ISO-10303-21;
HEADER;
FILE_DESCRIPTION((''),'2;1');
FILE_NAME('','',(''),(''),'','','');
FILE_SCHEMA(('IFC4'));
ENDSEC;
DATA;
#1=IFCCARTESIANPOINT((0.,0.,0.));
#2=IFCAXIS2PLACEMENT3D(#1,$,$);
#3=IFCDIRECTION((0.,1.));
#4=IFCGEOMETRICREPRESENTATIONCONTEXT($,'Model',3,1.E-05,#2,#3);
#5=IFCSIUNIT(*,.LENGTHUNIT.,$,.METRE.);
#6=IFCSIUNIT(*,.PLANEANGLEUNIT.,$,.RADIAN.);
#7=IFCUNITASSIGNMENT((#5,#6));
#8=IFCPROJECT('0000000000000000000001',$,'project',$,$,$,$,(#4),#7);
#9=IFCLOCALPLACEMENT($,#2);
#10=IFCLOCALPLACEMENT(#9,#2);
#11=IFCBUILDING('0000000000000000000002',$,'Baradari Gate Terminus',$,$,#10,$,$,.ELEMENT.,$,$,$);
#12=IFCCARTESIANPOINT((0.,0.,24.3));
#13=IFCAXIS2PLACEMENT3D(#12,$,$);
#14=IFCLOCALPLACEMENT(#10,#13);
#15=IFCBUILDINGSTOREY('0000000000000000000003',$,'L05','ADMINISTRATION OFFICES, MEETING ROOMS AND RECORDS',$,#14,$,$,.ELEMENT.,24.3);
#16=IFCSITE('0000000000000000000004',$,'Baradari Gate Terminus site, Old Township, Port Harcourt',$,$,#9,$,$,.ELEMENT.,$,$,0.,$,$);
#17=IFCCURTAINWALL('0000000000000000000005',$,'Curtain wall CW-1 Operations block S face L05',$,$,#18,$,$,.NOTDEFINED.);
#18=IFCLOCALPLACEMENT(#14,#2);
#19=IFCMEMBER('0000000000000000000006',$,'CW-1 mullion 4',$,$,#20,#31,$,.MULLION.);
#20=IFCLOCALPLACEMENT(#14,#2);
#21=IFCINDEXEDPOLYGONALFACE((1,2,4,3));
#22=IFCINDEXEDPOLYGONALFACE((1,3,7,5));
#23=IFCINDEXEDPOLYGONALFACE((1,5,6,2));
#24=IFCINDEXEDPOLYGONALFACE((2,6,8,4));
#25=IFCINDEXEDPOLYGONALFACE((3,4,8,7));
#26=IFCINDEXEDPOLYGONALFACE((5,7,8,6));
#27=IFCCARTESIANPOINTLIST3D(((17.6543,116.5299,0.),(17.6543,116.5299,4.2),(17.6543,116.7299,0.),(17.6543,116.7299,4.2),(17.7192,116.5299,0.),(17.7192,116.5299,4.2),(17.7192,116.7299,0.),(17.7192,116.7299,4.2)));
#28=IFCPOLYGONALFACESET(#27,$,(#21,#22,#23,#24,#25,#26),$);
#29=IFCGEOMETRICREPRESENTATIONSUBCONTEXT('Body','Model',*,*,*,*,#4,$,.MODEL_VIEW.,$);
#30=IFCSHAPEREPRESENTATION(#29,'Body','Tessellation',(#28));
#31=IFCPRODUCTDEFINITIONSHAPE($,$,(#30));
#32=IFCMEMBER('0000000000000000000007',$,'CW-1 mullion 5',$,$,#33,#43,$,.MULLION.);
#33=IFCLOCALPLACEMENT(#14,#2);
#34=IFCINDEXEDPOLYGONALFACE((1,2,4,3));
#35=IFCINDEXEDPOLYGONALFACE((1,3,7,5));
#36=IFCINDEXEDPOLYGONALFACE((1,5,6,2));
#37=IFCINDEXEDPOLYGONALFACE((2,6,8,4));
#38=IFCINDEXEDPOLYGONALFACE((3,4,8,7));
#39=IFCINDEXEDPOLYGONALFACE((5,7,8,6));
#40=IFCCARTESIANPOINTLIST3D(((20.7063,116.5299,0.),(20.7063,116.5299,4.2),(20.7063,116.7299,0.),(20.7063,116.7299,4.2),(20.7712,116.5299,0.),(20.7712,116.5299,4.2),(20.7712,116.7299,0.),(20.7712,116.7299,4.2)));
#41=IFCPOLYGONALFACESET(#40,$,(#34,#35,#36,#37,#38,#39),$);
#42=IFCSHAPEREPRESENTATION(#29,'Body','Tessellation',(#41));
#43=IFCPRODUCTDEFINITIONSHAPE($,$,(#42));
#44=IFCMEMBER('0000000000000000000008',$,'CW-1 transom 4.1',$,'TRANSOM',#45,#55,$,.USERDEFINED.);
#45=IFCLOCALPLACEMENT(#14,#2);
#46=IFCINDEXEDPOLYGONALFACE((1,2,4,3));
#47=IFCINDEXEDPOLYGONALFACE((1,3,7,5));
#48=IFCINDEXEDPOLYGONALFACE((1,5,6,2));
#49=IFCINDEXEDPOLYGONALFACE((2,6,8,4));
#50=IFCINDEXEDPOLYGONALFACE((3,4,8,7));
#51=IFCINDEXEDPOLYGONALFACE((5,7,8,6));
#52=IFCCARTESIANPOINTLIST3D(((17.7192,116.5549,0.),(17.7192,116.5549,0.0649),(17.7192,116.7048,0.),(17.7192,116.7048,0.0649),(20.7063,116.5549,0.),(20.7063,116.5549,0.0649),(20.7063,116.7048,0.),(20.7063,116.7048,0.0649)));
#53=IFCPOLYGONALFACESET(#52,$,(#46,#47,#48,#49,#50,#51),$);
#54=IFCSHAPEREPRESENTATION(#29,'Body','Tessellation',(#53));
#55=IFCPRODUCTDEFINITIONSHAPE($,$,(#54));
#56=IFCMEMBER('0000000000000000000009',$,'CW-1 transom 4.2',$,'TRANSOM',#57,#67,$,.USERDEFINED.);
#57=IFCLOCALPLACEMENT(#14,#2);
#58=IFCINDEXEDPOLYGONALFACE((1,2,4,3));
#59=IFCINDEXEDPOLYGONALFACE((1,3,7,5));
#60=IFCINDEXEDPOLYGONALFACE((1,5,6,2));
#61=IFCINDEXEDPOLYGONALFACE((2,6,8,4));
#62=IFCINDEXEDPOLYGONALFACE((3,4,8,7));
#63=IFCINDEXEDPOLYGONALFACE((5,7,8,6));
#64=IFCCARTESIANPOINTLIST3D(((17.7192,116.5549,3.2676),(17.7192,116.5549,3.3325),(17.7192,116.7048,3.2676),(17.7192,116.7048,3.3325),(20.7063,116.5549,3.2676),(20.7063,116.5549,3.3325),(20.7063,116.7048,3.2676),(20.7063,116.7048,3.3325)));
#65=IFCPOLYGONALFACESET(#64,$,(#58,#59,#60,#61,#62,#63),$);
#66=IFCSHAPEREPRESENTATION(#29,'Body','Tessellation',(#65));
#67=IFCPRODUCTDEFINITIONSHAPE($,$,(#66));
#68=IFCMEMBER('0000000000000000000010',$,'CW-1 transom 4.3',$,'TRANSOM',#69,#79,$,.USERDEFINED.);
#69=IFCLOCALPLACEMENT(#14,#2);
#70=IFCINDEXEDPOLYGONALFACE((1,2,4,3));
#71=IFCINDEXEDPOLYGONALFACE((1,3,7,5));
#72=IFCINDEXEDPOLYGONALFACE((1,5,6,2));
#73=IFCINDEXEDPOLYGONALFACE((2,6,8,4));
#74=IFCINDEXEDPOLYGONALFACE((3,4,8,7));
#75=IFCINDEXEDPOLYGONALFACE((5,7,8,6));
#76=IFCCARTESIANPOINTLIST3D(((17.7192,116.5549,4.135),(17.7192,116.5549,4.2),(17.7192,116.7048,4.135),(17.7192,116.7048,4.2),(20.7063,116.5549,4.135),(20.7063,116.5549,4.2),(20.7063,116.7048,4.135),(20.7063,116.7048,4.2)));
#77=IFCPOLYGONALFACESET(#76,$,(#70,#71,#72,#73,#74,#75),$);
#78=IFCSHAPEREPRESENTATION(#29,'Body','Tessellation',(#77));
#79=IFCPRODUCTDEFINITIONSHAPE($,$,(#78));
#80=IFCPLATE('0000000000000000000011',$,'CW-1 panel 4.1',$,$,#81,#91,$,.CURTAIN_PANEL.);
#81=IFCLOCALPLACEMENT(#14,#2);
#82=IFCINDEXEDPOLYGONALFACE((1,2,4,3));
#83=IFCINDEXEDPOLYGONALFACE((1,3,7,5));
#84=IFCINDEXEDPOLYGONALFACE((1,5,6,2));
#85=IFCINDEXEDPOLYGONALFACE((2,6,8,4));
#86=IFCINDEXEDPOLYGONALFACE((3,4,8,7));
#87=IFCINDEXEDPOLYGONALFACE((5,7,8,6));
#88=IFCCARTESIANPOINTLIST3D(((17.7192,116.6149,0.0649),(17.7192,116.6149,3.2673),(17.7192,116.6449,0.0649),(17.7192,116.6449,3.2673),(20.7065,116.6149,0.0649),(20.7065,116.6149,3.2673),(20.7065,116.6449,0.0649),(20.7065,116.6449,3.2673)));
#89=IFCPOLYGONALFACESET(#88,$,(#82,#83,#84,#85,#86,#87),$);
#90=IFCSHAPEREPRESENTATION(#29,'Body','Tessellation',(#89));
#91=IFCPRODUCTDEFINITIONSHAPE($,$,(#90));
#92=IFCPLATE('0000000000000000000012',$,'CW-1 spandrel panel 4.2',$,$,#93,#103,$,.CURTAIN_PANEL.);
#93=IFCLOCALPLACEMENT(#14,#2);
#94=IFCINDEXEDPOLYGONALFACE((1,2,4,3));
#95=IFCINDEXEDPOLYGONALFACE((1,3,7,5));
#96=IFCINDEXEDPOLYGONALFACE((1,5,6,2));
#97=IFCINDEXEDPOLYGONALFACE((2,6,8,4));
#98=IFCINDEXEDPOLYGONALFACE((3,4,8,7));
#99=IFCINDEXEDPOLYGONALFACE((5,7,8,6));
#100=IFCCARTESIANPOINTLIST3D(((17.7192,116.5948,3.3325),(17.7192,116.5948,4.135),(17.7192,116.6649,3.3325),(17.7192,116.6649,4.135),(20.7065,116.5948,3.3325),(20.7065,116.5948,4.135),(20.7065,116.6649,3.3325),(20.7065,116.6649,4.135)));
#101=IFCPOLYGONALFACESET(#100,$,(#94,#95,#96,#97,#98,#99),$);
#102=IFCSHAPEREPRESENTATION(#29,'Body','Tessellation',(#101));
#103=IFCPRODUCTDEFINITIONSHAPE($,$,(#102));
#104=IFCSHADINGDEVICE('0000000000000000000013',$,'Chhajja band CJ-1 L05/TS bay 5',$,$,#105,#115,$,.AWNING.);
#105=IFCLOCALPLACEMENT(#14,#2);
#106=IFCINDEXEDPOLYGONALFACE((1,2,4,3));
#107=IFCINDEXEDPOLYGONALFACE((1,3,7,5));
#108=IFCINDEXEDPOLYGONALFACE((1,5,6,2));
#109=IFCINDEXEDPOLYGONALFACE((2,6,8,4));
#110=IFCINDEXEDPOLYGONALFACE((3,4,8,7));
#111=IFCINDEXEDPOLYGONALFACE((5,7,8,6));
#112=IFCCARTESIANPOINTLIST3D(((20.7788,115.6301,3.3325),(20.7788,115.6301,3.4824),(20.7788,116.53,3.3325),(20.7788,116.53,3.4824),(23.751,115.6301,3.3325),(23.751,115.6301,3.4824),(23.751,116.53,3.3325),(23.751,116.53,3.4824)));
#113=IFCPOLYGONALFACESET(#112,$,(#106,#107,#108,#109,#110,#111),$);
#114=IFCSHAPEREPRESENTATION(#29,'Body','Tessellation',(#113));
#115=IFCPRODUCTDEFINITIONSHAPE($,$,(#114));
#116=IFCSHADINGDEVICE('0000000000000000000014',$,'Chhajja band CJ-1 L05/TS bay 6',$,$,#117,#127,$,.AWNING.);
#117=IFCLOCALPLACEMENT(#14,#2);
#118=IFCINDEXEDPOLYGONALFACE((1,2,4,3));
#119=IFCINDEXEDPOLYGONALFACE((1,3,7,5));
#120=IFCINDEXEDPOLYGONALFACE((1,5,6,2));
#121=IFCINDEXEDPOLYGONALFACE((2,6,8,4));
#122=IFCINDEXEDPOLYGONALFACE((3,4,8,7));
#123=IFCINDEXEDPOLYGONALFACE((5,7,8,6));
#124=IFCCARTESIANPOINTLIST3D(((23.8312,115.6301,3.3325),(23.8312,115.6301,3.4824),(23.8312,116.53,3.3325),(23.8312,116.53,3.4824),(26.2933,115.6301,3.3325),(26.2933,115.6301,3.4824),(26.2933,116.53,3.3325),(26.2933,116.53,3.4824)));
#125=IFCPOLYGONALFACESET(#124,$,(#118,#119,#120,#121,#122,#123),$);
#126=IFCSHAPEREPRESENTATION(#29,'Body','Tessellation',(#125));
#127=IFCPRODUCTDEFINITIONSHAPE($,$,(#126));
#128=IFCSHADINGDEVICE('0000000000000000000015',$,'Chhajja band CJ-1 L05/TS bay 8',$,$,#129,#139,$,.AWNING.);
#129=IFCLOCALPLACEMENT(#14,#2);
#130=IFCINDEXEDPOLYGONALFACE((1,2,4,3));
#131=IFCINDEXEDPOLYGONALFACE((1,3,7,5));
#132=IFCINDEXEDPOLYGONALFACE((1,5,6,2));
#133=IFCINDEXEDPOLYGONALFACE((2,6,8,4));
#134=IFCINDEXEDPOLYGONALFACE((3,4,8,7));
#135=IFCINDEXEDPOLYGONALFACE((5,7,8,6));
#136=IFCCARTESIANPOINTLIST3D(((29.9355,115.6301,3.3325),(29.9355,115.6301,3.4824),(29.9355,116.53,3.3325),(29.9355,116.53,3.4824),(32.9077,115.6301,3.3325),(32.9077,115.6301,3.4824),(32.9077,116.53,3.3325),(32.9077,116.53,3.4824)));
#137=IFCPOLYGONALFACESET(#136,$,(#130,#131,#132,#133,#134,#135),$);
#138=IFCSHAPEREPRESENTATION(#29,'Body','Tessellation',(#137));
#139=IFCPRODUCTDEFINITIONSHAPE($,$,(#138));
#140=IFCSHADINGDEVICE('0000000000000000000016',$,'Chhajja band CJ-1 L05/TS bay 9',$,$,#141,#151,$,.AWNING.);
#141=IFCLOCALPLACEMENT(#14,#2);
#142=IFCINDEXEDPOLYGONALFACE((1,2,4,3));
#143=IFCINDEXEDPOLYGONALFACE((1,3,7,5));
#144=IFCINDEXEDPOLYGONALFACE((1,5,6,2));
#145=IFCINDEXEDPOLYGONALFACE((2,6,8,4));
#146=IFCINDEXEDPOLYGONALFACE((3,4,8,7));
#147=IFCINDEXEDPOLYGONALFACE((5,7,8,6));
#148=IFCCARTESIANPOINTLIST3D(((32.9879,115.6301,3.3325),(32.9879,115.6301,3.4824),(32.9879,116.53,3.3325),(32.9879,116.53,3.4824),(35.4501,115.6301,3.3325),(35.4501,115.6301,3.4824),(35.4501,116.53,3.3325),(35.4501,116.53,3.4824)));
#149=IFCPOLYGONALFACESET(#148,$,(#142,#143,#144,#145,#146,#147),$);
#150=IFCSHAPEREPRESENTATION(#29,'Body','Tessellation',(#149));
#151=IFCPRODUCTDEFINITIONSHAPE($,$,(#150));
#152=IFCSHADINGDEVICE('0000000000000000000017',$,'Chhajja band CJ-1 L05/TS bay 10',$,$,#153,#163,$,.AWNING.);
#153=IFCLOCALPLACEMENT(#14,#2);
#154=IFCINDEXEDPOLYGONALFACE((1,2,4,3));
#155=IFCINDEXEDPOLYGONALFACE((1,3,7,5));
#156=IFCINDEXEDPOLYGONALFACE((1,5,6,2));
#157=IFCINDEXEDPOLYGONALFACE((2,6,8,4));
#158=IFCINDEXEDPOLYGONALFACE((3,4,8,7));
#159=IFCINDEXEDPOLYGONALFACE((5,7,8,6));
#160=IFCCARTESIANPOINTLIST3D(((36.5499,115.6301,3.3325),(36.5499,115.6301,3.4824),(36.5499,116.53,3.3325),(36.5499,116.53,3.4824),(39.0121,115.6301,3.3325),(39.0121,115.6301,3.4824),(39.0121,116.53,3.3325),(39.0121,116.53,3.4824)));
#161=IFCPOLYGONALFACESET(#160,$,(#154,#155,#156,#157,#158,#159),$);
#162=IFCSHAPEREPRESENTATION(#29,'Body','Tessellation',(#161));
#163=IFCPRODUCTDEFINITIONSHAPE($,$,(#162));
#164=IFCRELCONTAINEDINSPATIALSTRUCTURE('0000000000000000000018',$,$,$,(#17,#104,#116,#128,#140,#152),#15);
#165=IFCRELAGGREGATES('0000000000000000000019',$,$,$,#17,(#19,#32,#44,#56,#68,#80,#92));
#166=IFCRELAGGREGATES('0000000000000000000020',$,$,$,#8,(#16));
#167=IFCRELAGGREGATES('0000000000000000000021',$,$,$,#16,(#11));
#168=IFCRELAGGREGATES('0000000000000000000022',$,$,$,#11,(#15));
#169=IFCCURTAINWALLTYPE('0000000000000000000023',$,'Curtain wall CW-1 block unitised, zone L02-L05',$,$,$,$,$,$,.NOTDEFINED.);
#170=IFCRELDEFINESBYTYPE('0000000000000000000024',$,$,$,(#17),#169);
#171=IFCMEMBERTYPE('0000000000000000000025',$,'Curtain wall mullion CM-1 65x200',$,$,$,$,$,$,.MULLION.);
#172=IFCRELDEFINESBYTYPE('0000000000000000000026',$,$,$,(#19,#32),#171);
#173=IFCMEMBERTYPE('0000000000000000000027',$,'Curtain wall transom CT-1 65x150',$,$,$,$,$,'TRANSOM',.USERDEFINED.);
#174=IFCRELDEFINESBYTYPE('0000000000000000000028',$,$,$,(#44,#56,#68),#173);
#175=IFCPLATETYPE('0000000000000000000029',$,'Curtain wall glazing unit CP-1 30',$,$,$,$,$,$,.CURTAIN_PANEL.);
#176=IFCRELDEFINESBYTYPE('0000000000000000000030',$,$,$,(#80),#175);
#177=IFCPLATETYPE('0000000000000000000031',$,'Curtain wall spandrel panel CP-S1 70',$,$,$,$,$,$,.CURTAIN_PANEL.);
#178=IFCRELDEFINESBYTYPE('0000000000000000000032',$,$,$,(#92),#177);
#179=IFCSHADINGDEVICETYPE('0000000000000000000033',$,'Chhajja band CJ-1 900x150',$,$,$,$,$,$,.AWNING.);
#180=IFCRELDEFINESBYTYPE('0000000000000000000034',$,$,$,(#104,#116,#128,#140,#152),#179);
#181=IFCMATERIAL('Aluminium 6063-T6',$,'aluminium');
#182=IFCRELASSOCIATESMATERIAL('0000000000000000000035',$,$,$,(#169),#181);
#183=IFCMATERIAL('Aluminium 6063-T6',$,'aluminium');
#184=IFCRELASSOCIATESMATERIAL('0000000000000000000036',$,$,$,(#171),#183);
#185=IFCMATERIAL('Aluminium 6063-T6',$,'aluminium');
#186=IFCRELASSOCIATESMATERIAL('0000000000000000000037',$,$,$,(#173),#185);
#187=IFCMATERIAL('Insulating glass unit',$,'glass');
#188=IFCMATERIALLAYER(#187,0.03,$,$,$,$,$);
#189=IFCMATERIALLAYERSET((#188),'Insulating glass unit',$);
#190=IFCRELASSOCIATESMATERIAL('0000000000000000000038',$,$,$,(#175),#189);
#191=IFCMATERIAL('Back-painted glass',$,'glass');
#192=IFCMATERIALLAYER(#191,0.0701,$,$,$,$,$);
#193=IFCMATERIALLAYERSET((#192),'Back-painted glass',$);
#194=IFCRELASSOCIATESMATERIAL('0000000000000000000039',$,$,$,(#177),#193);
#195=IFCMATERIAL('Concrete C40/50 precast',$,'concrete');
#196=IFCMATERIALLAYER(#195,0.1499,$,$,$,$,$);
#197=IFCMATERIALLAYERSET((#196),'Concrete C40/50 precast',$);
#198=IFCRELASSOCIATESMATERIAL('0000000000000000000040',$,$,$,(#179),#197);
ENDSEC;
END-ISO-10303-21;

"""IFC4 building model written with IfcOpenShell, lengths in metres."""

from ifc_helpers import new_model, si_unit, direction, frame, origin, origin_2d, place, context, subcontext, project, spatial, rectangle, extrude, material, layer, layer_set, material_profile, profile_set, type_object, element, aggregate, save


model = new_model("IFC4")

# Units and contexts
model_context = context("Model", 3, precision=1e-05, world=origin(), true_north=direction((0.0, 1.0)))
body_context = subcontext(model_context, "Body", "Model", "MODEL_VIEW")
ifc_project = project(units=[si_unit("LENGTHUNIT", "METRE"), si_unit("PLANEANGLEUNIT", "RADIAN")], contexts=[model_context])

# Site, building, storey
site_placement = place(None, origin())
site = spatial("IfcSite", under=ifc_project, at=site_placement, Name="Baradari Gate Terminus site, Old Township, Port Harcourt", CompositionType="ELEMENT", RefElevation=0.0)
building_placement = place(site_placement, origin())
building = spatial("IfcBuilding", under=site, at=building_placement, Name="Baradari Gate Terminus", CompositionType="ELEMENT")
storey_placement = place(building_placement, frame((0.0, 0.0, 24.3)))
storey = spatial("IfcBuildingStorey", under=building, at=storey_placement, Name="L05", Description="ADMINISTRATION OFFICES, MEETING ROOMS AND RECORDS", CompositionType="ELEMENT", Elevation=24.3)

# Curtain wall, members, plates
ifc_material_1 = material(Name="Aluminium 6063-T6", Category="aluminium")
curtain_wall_type = type_object("IfcCurtainWallType", Name="Curtain wall CW-1 block unitised, zone L02-L05", PredefinedType="NOTDEFINED", material=ifc_material_1)
curtain_wall_placement = place(storey_placement, origin())
curtain_wall = element("IfcCurtainWall", 1, at=curtain_wall_placement, inside=storey, type_object=curtain_wall_type, Name="Curtain wall CW-1 Operations block S face L05", PredefinedType="NOTDEFINED")
ifc_material_2 = material(Name="Aluminium 6063-T6", Category="aluminium")
ifc_material_profile_1 = material_profile(ifc_material_2, rectangle(XDim=0.2, YDim=0.0649, at=origin_2d()), Name="CM-1 65X200")
ifc_profile_set_1 = profile_set([ifc_material_profile_1], Name="Aluminium 6063-T6")
member_type_1 = type_object("IfcMemberType", Name="Curtain wall mullion CM-1 65x200", PredefinedType="MULLION", material=ifc_profile_set_1)
member_1_placement = place(storey_placement, frame((17.6868, 116.6299, 0.0), z_axis=(0.0, 0.0, 1.0), x_axis=(0.0, 1.0, 0.0)))
member_1 = element("IfcMember", 2, at=member_1_placement, type_object=member_type_1, Name="CW-1 mullion 4", PredefinedType="MULLION", context=body_context, shape_type="SweptSolid", body=[
    extrude(rectangle(XDim=0.2, YDim=0.0649, at=origin_2d()), origin(), (0.0, 0.0, 1.0), 4.2),
])
member_2_placement = place(storey_placement, frame((20.7388, 116.6299, 0.0), z_axis=(0.0, 0.0, 1.0), x_axis=(0.0, 1.0, 0.0)))
member_2 = element("IfcMember", 3, at=member_2_placement, type_object=member_type_1, Name="CW-1 mullion 5", PredefinedType="MULLION", context=body_context, shape_type="SweptSolid", body=[
    extrude(rectangle(XDim=0.2, YDim=0.0649, at=origin_2d()), origin(), (0.0, 0.0, 1.0), 4.2),
])
ifc_material_3 = material(Name="Aluminium 6063-T6", Category="aluminium")
ifc_material_profile_2 = material_profile(ifc_material_3, rectangle(XDim=0.1499, YDim=0.0649, at=origin_2d()), Name="CT-1 65X150")
ifc_profile_set_2 = profile_set([ifc_material_profile_2], Name="Aluminium 6063-T6")
member_type_2 = type_object("IfcMemberType", Name="Curtain wall transom CT-1 65x150", ElementType="TRANSOM", PredefinedType="USERDEFINED", material=ifc_profile_set_2)
member_3_placement = place(storey_placement, frame((17.7192, 116.6299, 0.0325), z_axis=(1.0, 0.0, 0.0), x_axis=(0.0, 1.0, 0.0)))
member_3 = element("IfcMember", 4, at=member_3_placement, type_object=member_type_2, Name="CW-1 transom 4.1", ObjectType="TRANSOM", PredefinedType="USERDEFINED", context=body_context, shape_type="SweptSolid", body=[
    extrude(rectangle(XDim=0.1499, YDim=0.0649, at=origin_2d()), origin(), (0.0, 0.0, 1.0), 2.9871),
])
member_4_placement = place(storey_placement, frame((17.7192, 116.6299, 3.3), z_axis=(1.0, 0.0, 0.0), x_axis=(0.0, 1.0, 0.0)))
member_4 = element("IfcMember", 5, at=member_4_placement, type_object=member_type_2, Name="CW-1 transom 4.2", ObjectType="TRANSOM", PredefinedType="USERDEFINED", context=body_context, shape_type="SweptSolid", body=[
    extrude(rectangle(XDim=0.1499, YDim=0.0649, at=origin_2d()), origin(), (0.0, 0.0, 1.0), 2.9871),
])
member_5_placement = place(storey_placement, frame((17.7192, 116.6299, 4.1675), z_axis=(1.0, 0.0, 0.0), x_axis=(0.0, 1.0, 0.0)))
member_5 = element("IfcMember", 6, at=member_5_placement, type_object=member_type_2, Name="CW-1 transom 4.3", ObjectType="TRANSOM", PredefinedType="USERDEFINED", context=body_context, shape_type="SweptSolid", body=[
    extrude(rectangle(XDim=0.1499, YDim=0.0649, at=origin_2d()), origin(), (0.0, 0.0, 1.0), 2.9871),
])
ifc_material_4 = material(Name="Insulating glass unit", Category="glass")
ifc_layer_1 = layer(ifc_material_4, 0.03)
ifc_layer_set_1 = layer_set([ifc_layer_1], Name="Insulating glass unit")
plate_type_1 = type_object("IfcPlateType", Name="Curtain wall glazing unit CP-1 30", PredefinedType="CURTAIN_PANEL", material=ifc_layer_set_1)
plate_1_placement = place(storey_placement, frame((19.2129, 116.6299, 0.0649), z_axis=(0.0, 0.0, 1.0), x_axis=(1.0, 0.0, 0.0)))
plate_1 = element("IfcPlate", 7, at=plate_1_placement, type_object=plate_type_1, Name="CW-1 panel 4.1", PredefinedType="CURTAIN_PANEL", context=body_context, shape_type="SweptSolid", body=[
    extrude(rectangle(XDim=2.9873, YDim=0.03, at=origin_2d()), origin(), (0.0, 0.0, 1.0), 3.2024),
])
ifc_material_5 = material(Name="Back-painted glass", Category="glass")
ifc_layer_2 = layer(ifc_material_5, 0.0701)
ifc_layer_set_2 = layer_set([ifc_layer_2], Name="Back-painted glass")
plate_type_2 = type_object("IfcPlateType", Name="Curtain wall spandrel panel CP-S1 70", PredefinedType="CURTAIN_PANEL", material=ifc_layer_set_2)
plate_2_placement = place(storey_placement, frame((19.2129, 116.6299, 3.3325), z_axis=(0.0, 0.0, 1.0), x_axis=(1.0, 0.0, 0.0)))
plate_2 = element("IfcPlate", 8, at=plate_2_placement, type_object=plate_type_2, Name="CW-1 spandrel panel 4.2", PredefinedType="CURTAIN_PANEL", context=body_context, shape_type="SweptSolid", body=[
    extrude(rectangle(XDim=2.9873, YDim=0.0701, at=origin_2d()), origin(), (0.0, 0.0, 1.0), 0.8025),
])
aggregate(curtain_wall, [member_1, member_2, member_3, member_4, member_5, plate_1, plate_2])

# Shading devices
ifc_material_6 = material(Name="Concrete C40/50 precast", Category="concrete")
ifc_layer_3 = layer(ifc_material_6, 0.1499)
ifc_layer_set_3 = layer_set([ifc_layer_3], Name="Concrete C40/50 precast")
shading_device_type_1 = type_object("IfcShadingDeviceType", Name="Chhajja band CJ-1 900x150", PredefinedType="AWNING", material=ifc_layer_set_3)
shading_device_1_placement = place(storey_placement, frame((22.2649, 116.0801, 3.3325), z_axis=(0.0, 0.0, 1.0), x_axis=(1.0, 0.0, 0.0)))
element("IfcShadingDevice", 9, at=shading_device_1_placement, inside=storey, type_object=shading_device_type_1, Name="Chhajja band CJ-1 L05/TS bay 5", PredefinedType="AWNING", context=body_context, shape_type="SweptSolid", body=[
    extrude(rectangle(XDim=2.9722, YDim=0.8999, at=origin_2d()), origin(), (0.0, 0.0, 1.0), 0.1499),
])
shading_device_2_placement = place(storey_placement, frame((25.0623, 116.0801, 3.3325), z_axis=(0.0, 0.0, 1.0), x_axis=(1.0, 0.0, 0.0)))
element("IfcShadingDevice", 10, at=shading_device_2_placement, inside=storey, type_object=shading_device_type_1, Name="Chhajja band CJ-1 L05/TS bay 6", PredefinedType="AWNING", context=body_context, shape_type="SweptSolid", body=[
    extrude(rectangle(XDim=2.4622, YDim=0.8999, at=origin_2d()), origin(), (0.0, 0.0, 1.0), 0.1499),
])
shading_device_3_placement = place(storey_placement, frame((31.4216, 116.0801, 3.3325), z_axis=(0.0, 0.0, 1.0), x_axis=(1.0, 0.0, 0.0)))
element("IfcShadingDevice", 11, at=shading_device_3_placement, inside=storey, type_object=shading_device_type_1, Name="Chhajja band CJ-1 L05/TS bay 8", PredefinedType="AWNING", context=body_context, shape_type="SweptSolid", body=[
    extrude(rectangle(XDim=2.9722, YDim=0.8999, at=origin_2d()), origin(), (0.0, 0.0, 1.0), 0.1499),
])
for number, where, z_axis, x_axis, name in (
    (12, (34.219, 116.0801, 3.3325), (0.0, 0.0, 1.0), (1.0, 0.0, 0.0), "Chhajja band CJ-1 L05/TS bay 9"),
    (13, (37.781, 116.0801, 3.3325), (0.0, 0.0, 1.0), (1.0, 0.0, 0.0), "Chhajja band CJ-1 L05/TS bay 10"),
):
    element("IfcShadingDevice", number, at=place(storey_placement, frame(where, z_axis=z_axis, x_axis=x_axis)), inside=storey, type_object=shading_device_type_1, Name=name, PredefinedType="AWNING", context=body_context, shape_type="SweptSolid", body=[
        extrude(rectangle(XDim=2.4622, YDim=0.8999, at=origin_2d()), origin(), (0.0, 0.0, 1.0), 0.1499),
    ])

save(model, "model.ifc")
